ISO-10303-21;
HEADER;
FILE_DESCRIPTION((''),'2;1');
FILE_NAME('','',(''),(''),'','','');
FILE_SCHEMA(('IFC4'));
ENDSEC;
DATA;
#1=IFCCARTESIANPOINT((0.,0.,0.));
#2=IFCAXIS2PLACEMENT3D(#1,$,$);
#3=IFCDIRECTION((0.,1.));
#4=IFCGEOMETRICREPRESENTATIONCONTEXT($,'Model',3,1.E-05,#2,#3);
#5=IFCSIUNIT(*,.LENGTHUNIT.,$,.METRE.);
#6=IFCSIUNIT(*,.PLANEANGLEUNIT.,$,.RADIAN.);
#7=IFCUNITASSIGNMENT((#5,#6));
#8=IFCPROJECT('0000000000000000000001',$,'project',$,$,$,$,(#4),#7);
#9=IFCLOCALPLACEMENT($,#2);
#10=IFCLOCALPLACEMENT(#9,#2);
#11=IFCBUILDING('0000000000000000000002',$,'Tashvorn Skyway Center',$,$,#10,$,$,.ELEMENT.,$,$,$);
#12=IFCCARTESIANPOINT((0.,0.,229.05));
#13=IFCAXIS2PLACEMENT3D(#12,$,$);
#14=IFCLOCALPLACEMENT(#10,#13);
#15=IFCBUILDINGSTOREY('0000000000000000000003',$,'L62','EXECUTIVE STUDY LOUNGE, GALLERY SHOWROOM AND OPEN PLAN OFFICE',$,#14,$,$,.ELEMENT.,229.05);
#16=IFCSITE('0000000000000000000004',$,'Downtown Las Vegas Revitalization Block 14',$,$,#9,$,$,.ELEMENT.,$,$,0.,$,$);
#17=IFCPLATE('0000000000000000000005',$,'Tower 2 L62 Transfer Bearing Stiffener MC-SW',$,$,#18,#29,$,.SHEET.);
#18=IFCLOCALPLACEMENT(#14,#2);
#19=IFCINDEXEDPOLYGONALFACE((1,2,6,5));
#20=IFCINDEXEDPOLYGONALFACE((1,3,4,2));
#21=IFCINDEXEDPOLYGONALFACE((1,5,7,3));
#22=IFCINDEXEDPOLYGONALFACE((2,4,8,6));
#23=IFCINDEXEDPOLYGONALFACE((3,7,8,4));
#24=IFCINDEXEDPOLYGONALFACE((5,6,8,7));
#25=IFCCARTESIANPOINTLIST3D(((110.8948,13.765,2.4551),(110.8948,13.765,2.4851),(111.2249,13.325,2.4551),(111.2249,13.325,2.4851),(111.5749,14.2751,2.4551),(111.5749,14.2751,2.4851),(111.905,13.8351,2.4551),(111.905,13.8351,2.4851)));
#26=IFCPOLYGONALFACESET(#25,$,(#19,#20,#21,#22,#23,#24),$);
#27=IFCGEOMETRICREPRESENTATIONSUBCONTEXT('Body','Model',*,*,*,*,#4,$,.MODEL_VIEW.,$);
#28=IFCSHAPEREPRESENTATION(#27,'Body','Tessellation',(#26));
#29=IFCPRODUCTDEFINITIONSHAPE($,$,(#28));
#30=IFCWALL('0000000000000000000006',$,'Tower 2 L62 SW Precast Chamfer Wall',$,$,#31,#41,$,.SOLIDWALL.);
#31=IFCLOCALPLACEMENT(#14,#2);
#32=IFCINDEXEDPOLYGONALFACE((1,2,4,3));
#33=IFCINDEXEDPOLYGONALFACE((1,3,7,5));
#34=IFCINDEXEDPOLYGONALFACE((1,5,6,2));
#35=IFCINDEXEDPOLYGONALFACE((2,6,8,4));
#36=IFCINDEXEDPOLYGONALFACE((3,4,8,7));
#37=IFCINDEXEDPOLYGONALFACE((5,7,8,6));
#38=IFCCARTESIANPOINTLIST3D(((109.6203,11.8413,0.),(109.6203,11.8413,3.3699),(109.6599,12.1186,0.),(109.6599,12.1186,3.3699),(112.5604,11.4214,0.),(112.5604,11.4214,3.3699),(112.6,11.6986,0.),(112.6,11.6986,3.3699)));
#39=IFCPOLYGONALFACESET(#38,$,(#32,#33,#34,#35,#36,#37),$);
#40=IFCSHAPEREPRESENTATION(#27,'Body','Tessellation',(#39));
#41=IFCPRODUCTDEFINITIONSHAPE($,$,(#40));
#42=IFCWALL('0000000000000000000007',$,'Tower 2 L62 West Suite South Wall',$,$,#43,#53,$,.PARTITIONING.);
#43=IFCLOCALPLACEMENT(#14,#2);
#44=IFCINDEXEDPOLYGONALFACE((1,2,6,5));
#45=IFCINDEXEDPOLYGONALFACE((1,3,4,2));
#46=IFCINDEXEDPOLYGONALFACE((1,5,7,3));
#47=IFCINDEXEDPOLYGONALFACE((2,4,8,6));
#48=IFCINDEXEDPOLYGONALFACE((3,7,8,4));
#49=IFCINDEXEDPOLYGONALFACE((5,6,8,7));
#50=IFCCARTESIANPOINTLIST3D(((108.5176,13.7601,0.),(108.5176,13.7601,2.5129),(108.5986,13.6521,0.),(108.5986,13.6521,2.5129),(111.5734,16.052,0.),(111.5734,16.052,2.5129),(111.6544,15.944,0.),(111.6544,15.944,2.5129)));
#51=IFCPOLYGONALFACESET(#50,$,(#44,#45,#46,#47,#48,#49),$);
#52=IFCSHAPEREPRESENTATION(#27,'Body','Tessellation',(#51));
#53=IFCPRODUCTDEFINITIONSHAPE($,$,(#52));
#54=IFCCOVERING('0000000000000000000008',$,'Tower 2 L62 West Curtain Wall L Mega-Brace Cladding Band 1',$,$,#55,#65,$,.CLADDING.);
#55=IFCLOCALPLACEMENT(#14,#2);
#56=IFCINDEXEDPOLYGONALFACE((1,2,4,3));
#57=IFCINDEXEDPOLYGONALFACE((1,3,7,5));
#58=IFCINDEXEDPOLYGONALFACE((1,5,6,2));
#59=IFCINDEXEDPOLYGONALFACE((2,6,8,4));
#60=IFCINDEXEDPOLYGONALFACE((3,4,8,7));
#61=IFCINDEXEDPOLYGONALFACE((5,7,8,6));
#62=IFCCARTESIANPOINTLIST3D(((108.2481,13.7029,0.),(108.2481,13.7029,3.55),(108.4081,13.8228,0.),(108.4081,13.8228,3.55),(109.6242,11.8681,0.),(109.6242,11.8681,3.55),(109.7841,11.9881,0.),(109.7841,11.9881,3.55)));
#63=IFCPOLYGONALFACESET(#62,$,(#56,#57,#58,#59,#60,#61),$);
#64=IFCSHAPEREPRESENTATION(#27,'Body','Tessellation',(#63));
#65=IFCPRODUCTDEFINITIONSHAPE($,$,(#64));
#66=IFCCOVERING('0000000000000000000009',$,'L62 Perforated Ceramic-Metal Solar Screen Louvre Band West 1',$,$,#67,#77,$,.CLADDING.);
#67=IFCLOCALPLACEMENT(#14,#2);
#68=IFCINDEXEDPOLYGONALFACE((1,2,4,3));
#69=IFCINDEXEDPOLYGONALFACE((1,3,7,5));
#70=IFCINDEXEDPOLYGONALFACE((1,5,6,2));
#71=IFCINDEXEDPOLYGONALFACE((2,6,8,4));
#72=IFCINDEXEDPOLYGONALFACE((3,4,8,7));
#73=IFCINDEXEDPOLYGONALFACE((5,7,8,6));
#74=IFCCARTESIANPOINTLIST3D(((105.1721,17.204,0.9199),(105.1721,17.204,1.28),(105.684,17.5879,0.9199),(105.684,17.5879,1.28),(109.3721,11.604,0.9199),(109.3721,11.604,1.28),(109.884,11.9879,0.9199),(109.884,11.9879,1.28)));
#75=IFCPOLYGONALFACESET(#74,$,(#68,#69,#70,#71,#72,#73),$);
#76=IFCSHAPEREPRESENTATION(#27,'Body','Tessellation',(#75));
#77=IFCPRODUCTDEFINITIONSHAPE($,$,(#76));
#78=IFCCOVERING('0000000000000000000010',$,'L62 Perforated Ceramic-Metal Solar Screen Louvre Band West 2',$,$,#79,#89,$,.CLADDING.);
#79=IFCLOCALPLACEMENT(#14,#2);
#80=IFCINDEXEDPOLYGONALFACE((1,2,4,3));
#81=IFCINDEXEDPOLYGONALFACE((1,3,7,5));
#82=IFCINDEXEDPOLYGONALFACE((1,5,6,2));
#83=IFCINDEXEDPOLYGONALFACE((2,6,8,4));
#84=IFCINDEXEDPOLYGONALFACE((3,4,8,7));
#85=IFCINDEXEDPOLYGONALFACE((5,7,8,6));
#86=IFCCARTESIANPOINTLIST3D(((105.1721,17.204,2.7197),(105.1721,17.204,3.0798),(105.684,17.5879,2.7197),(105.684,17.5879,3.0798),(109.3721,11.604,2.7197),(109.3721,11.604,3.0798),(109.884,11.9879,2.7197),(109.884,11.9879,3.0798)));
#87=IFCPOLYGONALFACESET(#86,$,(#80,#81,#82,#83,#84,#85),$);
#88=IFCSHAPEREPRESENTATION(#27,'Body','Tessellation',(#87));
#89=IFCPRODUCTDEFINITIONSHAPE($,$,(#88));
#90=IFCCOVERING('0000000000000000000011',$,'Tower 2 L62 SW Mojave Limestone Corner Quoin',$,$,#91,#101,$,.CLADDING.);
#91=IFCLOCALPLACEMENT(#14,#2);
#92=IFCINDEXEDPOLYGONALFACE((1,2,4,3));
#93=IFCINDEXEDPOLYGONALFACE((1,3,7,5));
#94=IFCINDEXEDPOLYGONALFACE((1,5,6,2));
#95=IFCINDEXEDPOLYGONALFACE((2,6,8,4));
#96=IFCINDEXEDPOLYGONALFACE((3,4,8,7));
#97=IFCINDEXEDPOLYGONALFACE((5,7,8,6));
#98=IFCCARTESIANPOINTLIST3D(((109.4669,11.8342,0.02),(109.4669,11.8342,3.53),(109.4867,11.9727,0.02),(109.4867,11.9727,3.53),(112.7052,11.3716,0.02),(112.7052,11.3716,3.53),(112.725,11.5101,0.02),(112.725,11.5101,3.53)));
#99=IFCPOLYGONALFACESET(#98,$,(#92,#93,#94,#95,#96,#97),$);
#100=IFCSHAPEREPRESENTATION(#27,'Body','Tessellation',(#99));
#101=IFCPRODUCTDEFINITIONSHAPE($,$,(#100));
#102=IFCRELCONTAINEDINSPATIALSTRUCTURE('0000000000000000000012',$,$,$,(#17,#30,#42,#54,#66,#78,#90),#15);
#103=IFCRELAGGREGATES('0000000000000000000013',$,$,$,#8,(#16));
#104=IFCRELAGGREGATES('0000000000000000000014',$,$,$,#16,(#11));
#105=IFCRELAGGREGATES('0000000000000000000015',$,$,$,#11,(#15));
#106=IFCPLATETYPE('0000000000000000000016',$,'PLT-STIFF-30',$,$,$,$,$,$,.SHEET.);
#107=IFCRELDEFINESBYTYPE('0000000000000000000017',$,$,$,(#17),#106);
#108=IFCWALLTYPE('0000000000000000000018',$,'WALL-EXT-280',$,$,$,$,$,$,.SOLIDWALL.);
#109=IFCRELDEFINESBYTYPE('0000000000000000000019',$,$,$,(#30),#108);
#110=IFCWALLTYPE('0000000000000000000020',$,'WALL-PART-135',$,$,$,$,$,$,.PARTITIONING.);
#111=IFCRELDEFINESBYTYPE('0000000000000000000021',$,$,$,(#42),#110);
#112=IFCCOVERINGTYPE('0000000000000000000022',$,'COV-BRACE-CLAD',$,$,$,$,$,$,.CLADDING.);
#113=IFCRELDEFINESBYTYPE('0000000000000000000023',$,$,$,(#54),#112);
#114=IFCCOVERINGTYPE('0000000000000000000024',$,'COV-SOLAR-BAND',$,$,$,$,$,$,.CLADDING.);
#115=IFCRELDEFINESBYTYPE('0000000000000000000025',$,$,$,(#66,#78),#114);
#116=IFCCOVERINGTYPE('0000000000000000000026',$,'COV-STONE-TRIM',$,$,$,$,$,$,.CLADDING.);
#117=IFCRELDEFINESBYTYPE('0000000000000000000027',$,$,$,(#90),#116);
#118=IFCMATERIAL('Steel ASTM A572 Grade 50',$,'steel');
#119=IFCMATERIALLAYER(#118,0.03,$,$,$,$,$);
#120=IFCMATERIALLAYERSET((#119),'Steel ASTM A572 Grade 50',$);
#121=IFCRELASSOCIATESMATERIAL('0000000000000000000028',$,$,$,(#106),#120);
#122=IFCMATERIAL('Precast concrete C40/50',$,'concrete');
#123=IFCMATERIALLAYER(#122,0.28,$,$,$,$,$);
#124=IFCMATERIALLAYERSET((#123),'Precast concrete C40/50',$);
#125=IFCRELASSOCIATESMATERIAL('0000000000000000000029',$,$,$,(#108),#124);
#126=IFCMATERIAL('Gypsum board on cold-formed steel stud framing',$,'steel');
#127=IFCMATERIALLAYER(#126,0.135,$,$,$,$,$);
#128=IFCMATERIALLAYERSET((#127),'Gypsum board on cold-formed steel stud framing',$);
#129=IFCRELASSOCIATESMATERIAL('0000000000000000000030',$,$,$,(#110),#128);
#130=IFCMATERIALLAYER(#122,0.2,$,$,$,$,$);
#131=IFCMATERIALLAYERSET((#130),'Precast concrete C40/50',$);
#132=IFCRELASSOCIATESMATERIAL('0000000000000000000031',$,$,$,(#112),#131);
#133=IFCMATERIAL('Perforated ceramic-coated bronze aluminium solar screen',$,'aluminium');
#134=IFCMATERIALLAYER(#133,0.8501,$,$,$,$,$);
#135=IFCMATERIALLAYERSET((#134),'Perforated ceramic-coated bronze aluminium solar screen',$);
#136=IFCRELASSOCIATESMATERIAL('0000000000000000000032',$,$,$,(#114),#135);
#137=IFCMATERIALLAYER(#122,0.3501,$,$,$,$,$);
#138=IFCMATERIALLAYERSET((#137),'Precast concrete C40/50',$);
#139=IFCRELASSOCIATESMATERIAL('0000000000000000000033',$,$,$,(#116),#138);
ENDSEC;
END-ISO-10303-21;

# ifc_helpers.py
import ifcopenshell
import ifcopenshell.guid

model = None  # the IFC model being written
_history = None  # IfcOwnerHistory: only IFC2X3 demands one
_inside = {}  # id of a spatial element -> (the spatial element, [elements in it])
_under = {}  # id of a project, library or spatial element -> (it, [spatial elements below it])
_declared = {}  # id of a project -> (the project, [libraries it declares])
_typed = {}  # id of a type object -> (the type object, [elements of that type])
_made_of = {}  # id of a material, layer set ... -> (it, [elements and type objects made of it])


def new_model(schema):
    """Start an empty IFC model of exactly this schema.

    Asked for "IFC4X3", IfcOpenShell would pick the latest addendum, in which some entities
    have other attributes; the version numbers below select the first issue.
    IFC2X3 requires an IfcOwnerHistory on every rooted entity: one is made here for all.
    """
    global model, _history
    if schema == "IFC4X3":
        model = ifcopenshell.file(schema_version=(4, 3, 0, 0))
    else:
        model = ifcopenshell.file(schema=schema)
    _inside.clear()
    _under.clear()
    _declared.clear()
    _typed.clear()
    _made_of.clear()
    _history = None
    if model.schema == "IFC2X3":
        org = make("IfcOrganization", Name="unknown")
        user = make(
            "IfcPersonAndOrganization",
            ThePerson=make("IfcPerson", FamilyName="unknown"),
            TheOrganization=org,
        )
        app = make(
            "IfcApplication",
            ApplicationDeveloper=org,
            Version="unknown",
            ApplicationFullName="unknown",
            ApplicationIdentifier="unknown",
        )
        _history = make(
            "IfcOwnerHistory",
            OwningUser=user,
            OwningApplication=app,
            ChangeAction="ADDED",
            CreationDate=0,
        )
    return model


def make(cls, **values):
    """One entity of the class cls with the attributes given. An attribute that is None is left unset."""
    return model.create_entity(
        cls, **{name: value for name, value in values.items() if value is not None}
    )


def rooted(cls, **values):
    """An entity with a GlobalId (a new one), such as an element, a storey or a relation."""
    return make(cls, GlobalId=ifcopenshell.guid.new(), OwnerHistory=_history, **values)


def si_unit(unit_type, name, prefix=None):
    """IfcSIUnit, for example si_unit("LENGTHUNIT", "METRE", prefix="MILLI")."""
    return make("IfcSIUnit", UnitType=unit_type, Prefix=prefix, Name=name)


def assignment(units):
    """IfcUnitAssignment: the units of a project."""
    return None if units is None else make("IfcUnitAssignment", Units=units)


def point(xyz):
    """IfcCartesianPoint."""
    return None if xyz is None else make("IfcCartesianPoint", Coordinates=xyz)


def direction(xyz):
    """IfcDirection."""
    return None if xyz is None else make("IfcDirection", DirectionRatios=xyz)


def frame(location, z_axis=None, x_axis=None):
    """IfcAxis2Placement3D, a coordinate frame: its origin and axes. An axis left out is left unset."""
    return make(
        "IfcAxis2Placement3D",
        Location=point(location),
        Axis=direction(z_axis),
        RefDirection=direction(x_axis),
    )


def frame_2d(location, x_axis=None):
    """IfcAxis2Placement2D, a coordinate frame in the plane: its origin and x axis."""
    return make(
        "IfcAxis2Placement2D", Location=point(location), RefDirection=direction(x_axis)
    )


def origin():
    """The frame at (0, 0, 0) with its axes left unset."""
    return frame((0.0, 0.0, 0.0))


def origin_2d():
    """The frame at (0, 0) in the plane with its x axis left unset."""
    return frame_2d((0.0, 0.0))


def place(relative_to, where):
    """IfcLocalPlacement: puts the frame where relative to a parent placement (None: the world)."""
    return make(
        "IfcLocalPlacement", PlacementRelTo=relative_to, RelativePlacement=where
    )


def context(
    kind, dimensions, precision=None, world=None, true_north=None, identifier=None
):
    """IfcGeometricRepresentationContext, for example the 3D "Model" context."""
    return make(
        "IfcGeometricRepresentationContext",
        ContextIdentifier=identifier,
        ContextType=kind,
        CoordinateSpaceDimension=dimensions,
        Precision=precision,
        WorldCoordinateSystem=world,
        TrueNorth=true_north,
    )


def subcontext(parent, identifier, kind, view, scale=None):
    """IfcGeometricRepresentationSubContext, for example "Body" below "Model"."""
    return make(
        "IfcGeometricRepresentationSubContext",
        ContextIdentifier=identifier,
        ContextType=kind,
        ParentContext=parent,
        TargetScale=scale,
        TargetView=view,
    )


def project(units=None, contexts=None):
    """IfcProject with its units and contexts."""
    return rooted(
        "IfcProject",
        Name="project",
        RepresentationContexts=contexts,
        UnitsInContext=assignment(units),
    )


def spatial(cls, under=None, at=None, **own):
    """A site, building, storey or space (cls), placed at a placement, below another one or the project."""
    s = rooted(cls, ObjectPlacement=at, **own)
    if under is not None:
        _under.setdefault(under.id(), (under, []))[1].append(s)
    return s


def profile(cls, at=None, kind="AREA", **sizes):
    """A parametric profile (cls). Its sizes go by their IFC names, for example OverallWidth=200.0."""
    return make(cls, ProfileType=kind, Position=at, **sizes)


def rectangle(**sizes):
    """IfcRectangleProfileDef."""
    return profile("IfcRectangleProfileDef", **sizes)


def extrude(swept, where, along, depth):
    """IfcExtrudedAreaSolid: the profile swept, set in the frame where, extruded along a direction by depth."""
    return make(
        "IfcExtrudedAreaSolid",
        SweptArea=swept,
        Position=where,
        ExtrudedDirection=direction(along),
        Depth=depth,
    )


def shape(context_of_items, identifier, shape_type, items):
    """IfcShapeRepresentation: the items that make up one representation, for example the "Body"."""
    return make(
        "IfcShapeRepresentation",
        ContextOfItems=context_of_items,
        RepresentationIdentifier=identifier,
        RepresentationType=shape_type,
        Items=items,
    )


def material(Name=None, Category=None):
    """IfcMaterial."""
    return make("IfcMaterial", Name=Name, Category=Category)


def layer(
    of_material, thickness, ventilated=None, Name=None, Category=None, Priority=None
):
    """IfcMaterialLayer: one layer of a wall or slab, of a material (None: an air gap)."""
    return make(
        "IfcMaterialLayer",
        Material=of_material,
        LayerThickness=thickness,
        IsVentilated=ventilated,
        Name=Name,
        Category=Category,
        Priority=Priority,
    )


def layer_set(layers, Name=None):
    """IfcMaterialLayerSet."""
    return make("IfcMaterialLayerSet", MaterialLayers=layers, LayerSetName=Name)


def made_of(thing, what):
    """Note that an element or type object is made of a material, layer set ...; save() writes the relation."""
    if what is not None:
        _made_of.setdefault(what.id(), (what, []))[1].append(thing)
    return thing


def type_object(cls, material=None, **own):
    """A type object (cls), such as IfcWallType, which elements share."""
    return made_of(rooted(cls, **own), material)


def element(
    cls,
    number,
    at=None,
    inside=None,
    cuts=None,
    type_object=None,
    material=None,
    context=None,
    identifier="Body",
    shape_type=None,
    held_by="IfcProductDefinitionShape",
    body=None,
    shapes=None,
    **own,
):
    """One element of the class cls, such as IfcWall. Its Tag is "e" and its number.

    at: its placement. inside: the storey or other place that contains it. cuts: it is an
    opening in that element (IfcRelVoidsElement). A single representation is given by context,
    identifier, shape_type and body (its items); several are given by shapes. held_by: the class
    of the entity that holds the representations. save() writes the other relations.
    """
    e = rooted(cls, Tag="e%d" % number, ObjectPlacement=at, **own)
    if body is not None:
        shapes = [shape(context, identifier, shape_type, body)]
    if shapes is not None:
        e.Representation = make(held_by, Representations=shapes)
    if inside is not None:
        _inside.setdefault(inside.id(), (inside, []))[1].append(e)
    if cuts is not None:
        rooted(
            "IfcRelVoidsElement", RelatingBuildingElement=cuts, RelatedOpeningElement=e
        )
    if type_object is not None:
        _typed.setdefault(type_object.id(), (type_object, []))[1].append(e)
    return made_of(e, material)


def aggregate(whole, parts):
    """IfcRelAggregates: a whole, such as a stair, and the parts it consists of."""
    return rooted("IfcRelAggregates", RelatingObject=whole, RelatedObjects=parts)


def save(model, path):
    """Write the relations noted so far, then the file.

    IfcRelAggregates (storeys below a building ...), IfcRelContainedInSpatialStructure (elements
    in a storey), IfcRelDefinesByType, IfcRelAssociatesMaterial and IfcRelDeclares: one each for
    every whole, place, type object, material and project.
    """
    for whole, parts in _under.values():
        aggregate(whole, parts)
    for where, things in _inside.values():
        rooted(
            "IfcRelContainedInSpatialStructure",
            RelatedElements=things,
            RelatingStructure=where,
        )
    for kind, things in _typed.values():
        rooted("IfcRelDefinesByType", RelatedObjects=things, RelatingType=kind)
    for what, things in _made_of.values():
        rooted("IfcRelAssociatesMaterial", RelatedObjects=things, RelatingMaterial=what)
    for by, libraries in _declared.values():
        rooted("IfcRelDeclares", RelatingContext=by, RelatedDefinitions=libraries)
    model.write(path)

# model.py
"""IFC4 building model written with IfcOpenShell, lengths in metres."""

from ifc_helpers import new_model, si_unit, direction, frame, frame_2d, origin, origin_2d, place, context, subcontext, project, spatial, rectangle, extrude, material, layer, layer_set, type_object, element, save


model = new_model("IFC4")

# Units and contexts
model_context = context("Model", 3, precision=1e-05, world=origin(), true_north=direction((0.0, 1.0)))
body_context = subcontext(model_context, "Body", "Model", "MODEL_VIEW")
ifc_project = project(units=[si_unit("LENGTHUNIT", "METRE"), si_unit("PLANEANGLEUNIT", "RADIAN")], contexts=[model_context])

# Site, building, storey
site_placement = place(None, origin())
site = spatial("IfcSite", under=ifc_project, at=site_placement, Name="Downtown Las Vegas Revitalization Block 14", CompositionType="ELEMENT", RefElevation=0.0)
building_placement = place(site_placement, origin())
building = spatial("IfcBuilding", under=site, at=building_placement, Name="Tashvorn Skyway Center", CompositionType="ELEMENT")
storey_placement = place(building_placement, frame((0.0, 0.0, 229.05)))
storey = spatial("IfcBuildingStorey", under=building, at=storey_placement, Name="L62", Description="EXECUTIVE STUDY LOUNGE, GALLERY SHOWROOM AND OPEN PLAN OFFICE", CompositionType="ELEMENT", Elevation=229.05)

# Shared definitions
ifc_material_1 = material(Name="Steel ASTM A572 Grade 50", Category="steel")

# Plate
ifc_layer_1 = layer(ifc_material_1, 0.03)
ifc_layer_set_1 = layer_set([ifc_layer_1], Name="Steel ASTM A572 Grade 50")
plate_type_1 = type_object("IfcPlateType", Name="PLT-STIFF-30", PredefinedType="SHEET", material=ifc_layer_set_1)
plate_1_placement = place(storey_placement, frame((111.3999, 13.8, 2.4551), z_axis=(0.0, 0.0, 1.0), x_axis=(0.8, 0.6, 0.0)))
element("IfcPlate", 1, at=plate_1_placement, inside=storey, type_object=plate_type_1, Name="Tower 2 L62 Transfer Bearing Stiffener MC-SW", PredefinedType="SHEET", context=body_context, shape_type="SweptSolid", body=[
    extrude(rectangle(XDim=0.8501, YDim=0.55, at=origin_2d()), origin(), (0.0, 0.0, 1.0), 0.03),
])

# Walls
ifc_material_2 = material(Name="Precast concrete C40/50", Category="concrete")
ifc_layer_2 = layer(ifc_material_2, 0.28)
ifc_layer_set_2 = layer_set([ifc_layer_2], Name="Precast concrete C40/50")
wall_type_1 = type_object("IfcWallType", Name="WALL-EXT-280", PredefinedType="SOLIDWALL", material=ifc_layer_set_2)
wall_1_placement = place(storey_placement, frame((112.5801, 11.5601, 0.0), z_axis=(0.0, 0.0, 1.0), x_axis=(-0.989954, 0.141387, 0.0)))
element("IfcWall", 2, at=wall_1_placement, inside=storey, type_object=wall_type_1, Name="Tower 2 L62 SW Precast Chamfer Wall", PredefinedType="SOLIDWALL", context=body_context, shape_type="SweptSolid", body=[
    extrude(rectangle(XDim=2.97, YDim=0.28, at=frame_2d((1.4849, 0.0))), origin(), (0.0, 0.0, 1.0), 3.3699),
])
ifc_material_3 = material(Name="Gypsum board on cold-formed steel stud framing", Category="steel")
ifc_layer_3 = layer(ifc_material_3, 0.135)
ifc_layer_set_3 = layer_set([ifc_layer_3], Name="Gypsum board on cold-formed steel stud framing")
wall_type_2 = type_object("IfcWallType", Name="WALL-PART-135", PredefinedType="PARTITIONING", material=ifc_layer_set_3)
wall_2_placement = place(storey_placement, frame((108.5581, 13.7061, 0.0), z_axis=(0.0, 0.0, 1.0), x_axis=(0.799992, 0.60001, 0.0)))
element("IfcWall", 3, at=wall_2_placement, inside=storey, type_object=wall_type_2, Name="Tower 2 L62 West Suite South Wall", PredefinedType="PARTITIONING", context=body_context, shape_type="SweptSolid", body=[
    extrude(rectangle(XDim=3.8198, YDim=0.135, at=frame_2d((1.9099, 0.0))), origin(), (0.0, 0.0, 1.0), 2.5129),
])

# Coverings
ifc_layer_4 = layer(ifc_material_2, 0.2)
ifc_layer_set_4 = layer_set([ifc_layer_4], Name="Precast concrete C40/50")
covering_type_1 = type_object("IfcCoveringType", Name="COV-BRACE-CLAD", PredefinedType="CLADDING", material=ifc_layer_set_4)
covering_1_placement = place(storey_placement, frame((109.0161, 12.8455, 0.0), z_axis=(0.0, 0.0, 1.0), x_axis=(-0.6, 0.8, 0.0)))
element("IfcCovering", 4, at=covering_1_placement, inside=storey, type_object=covering_type_1, Name="Tower 2 L62 West Curtain Wall L Mega-Brace Cladding Band 1", PredefinedType="CLADDING", context=body_context, shape_type="SweptSolid", body=[
    extrude(rectangle(XDim=2.2935, YDim=0.2, at=origin_2d()), origin(), (0.0, 0.0, 1.0), 3.55),
])
ifc_material_4 = material(Name="Perforated ceramic-coated bronze aluminium solar screen", Category="aluminium")
ifc_layer_5 = layer(ifc_material_4, 0.8501)
ifc_layer_set_5 = layer_set([ifc_layer_5], Name="Perforated ceramic-coated bronze aluminium solar screen")
covering_type_2 = type_object("IfcCoveringType", Name="COV-SOLAR-BAND", PredefinedType="CLADDING", material=ifc_layer_set_5)
for number, where, z_axis, x_axis, name in (
    (5, (107.5281, 14.5959, 0.9199), (0.0, 0.0, 1.0), (-0.6, 0.8, 0.0), "L62 Perforated Ceramic-Metal Solar Screen Louvre Band West 1"),
    (6, (107.5281, 14.5959, 2.7197), (0.0, 0.0, 1.0), (-0.6, 0.8, 0.0), "L62 Perforated Ceramic-Metal Solar Screen Louvre Band West 2"),
):
    element("IfcCovering", number, at=place(storey_placement, frame(where, z_axis=z_axis, x_axis=x_axis)), inside=storey, type_object=covering_type_2, Name=name, PredefinedType="CLADDING", context=body_context, shape_type="SweptSolid", body=[
        extrude(rectangle(XDim=7.0, YDim=0.6399, at=origin_2d()), origin(), (0.0, 0.0, 1.0), 0.3601),
    ])
ifc_layer_6 = layer(ifc_material_2, 0.3501)
ifc_layer_set_6 = layer_set([ifc_layer_6], Name="Precast concrete C40/50")
covering_type_3 = type_object("IfcCoveringType", Name="COV-STONE-TRIM", PredefinedType="CLADDING", material=ifc_layer_set_6)
covering_2_placement = place(storey_placement, frame((111.0959, 11.6721, 0.02), z_axis=(0.0, 0.0, 1.0), x_axis=(-0.989949, 0.141421, 0.0)))
element("IfcCovering", 7, at=covering_2_placement, inside=storey, type_object=covering_type_3, Name="Tower 2 L62 SW Mojave Limestone Corner Quoin", PredefinedType="CLADDING", context=body_context, shape_type="SweptSolid", body=[
    extrude(rectangle(XDim=3.2712, YDim=0.1399, at=origin_2d()), origin(), (0.0, 0.0, 1.0), 3.51),
])

save(model, "model.ifc")
